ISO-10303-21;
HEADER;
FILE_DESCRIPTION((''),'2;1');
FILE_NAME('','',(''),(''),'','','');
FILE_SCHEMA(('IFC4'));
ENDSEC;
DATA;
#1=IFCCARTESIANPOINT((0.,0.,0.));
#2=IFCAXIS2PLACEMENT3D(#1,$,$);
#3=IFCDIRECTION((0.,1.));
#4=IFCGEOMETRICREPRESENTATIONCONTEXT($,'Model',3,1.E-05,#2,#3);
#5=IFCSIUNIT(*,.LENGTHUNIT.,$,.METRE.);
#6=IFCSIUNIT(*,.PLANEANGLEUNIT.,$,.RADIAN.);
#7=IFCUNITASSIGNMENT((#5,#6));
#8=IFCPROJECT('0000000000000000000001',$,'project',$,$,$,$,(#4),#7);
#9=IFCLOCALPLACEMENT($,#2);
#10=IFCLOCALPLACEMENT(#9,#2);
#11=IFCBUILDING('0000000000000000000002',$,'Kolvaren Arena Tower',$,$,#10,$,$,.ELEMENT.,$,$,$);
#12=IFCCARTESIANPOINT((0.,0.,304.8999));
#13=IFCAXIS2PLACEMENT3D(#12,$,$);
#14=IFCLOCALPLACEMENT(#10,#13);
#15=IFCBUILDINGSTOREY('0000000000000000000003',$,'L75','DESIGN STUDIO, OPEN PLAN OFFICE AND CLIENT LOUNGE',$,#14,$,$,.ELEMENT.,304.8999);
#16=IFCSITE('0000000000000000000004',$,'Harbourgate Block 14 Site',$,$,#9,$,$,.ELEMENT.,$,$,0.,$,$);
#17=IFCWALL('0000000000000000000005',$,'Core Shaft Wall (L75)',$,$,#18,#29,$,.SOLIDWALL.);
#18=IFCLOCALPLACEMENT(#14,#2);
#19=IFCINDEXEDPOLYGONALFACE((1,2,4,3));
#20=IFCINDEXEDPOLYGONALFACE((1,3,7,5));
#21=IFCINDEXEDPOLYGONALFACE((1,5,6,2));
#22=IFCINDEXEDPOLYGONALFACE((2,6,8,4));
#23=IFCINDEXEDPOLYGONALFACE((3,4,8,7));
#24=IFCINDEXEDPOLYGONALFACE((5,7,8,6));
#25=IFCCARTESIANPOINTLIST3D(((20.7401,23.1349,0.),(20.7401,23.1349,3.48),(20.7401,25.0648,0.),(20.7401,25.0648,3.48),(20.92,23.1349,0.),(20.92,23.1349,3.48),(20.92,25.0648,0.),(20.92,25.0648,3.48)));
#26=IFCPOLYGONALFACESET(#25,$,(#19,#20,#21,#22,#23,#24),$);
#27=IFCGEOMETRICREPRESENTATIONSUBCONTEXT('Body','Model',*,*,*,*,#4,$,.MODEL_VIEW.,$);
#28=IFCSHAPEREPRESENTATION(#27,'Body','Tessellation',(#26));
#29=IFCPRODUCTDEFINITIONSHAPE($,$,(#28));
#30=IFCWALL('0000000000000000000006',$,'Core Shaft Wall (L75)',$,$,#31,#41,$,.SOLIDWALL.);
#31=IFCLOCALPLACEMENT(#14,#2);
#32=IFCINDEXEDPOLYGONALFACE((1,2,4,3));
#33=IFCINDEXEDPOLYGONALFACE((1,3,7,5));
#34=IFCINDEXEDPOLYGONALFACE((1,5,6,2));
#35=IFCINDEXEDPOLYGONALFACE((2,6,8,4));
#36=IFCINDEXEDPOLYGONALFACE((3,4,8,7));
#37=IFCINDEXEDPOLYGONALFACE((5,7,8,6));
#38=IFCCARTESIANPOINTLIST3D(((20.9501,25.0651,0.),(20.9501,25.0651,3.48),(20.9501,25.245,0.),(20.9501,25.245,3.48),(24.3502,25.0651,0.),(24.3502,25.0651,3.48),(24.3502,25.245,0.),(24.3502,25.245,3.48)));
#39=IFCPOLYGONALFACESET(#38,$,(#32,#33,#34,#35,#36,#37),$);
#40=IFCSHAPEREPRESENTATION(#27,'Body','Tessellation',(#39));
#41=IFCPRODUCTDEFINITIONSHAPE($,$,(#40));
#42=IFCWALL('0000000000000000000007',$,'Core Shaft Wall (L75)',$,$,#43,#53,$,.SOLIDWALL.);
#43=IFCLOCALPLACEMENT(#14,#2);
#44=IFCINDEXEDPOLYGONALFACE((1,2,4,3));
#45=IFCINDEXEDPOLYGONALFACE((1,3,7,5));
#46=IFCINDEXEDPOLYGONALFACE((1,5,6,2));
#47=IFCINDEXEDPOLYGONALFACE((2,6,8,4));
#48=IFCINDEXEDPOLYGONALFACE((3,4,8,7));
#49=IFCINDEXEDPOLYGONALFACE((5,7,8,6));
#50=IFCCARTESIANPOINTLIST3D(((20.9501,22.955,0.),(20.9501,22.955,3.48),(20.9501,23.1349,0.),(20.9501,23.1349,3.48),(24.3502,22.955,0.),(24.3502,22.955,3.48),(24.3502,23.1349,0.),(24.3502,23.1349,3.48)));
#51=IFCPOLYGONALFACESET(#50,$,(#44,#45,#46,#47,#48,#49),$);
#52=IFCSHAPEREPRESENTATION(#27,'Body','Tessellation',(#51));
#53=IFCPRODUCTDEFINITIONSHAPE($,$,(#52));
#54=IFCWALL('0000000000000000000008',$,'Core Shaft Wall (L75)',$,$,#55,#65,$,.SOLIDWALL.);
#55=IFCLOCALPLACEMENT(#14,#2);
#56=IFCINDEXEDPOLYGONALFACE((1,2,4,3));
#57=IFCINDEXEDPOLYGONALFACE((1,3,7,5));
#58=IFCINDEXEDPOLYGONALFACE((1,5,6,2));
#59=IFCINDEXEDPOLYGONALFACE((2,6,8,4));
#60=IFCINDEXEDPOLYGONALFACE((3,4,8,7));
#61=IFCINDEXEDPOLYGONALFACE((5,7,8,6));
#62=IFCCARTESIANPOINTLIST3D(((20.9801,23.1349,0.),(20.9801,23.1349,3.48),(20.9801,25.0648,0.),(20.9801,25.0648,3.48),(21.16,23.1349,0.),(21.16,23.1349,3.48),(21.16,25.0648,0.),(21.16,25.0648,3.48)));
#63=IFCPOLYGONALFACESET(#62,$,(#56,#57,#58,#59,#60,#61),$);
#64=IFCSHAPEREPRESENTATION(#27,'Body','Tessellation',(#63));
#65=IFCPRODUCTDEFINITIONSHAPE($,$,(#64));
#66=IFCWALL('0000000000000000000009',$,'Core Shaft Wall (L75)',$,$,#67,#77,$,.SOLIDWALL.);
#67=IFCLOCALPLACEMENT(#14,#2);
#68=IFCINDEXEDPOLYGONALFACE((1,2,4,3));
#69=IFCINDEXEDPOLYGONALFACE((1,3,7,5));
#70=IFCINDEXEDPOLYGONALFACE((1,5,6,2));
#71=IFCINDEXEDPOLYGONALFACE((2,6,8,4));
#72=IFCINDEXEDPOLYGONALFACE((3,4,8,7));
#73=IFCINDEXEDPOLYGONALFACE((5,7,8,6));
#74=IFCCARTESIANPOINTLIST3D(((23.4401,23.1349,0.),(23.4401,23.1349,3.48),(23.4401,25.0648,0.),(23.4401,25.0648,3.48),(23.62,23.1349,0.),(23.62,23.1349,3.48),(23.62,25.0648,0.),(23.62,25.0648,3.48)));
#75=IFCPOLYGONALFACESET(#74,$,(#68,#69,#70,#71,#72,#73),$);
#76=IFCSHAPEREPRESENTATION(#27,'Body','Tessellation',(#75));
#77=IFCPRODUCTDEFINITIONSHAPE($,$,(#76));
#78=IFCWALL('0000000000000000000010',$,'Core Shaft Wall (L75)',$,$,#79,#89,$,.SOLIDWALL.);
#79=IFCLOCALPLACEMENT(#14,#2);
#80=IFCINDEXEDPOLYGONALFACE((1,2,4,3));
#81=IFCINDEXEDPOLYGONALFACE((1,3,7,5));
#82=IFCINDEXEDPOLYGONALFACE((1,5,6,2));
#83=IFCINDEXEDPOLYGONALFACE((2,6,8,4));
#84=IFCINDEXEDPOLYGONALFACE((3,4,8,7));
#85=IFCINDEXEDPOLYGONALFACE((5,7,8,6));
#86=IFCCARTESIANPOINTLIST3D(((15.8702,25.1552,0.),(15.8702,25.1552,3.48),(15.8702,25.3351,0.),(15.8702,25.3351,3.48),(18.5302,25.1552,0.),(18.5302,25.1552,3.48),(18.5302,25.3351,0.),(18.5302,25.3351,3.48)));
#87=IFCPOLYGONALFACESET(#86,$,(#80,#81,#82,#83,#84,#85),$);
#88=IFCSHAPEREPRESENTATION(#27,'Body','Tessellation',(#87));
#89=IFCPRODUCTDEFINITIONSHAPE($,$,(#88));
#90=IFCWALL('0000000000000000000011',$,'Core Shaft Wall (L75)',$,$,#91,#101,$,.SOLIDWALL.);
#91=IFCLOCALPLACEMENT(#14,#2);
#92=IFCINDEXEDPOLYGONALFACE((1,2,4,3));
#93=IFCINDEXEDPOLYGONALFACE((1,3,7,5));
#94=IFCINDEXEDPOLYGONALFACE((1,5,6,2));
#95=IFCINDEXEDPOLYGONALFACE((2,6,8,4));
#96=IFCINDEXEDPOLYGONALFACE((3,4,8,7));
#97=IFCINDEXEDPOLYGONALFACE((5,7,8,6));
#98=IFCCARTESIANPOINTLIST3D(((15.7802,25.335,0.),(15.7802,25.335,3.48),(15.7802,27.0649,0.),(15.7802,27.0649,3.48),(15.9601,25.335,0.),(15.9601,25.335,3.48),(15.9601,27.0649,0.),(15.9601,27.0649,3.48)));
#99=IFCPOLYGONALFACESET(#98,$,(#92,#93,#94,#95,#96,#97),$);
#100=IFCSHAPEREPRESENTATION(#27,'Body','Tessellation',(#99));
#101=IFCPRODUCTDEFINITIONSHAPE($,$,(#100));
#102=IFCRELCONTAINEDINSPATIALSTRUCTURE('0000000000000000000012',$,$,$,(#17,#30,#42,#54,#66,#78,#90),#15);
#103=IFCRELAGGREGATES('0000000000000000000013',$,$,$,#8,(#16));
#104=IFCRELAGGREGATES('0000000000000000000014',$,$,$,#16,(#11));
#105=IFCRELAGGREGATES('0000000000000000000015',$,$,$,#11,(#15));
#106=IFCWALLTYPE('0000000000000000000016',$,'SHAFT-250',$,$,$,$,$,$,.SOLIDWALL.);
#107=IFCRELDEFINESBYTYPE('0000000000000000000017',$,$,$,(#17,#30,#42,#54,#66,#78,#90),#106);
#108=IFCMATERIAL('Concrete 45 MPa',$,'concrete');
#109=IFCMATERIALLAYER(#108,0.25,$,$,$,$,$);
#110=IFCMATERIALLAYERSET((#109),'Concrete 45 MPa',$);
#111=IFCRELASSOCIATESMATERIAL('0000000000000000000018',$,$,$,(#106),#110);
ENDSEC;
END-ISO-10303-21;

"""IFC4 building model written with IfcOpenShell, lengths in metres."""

from ifc_helpers import new_model, si_unit, direction, frame, frame_2d, origin, place, context, subcontext, project, spatial, rectangle, extrude, material, layer, layer_set, type_object, element, save


model = new_model("IFC4")

# Units and contexts
model_context = context("Model", 3, precision=1e-05, world=origin(), true_north=direction((0.0, 1.0)))
body_context = subcontext(model_context, "Body", "Model", "MODEL_VIEW")
ifc_project = project(units=[si_unit("LENGTHUNIT", "METRE"), si_unit("PLANEANGLEUNIT", "RADIAN")], contexts=[model_context])

# Site, building, storey
site_placement = place(None, origin())
site = spatial("IfcSite", under=ifc_project, at=site_placement, Name="Harbourgate Block 14 Site", CompositionType="ELEMENT", RefElevation=0.0)
building_placement = place(site_placement, origin())
building = spatial("IfcBuilding", under=site, at=building_placement, Name="Kolvaren Arena Tower", CompositionType="ELEMENT")
storey_placement = place(building_placement, frame((0.0, 0.0, 304.8999)))
storey = spatial("IfcBuildingStorey", under=building, at=storey_placement, Name="L75", Description="DESIGN STUDIO, OPEN PLAN OFFICE AND CLIENT LOUNGE", CompositionType="ELEMENT", Elevation=304.8999)

# Walls
ifc_material_1 = material(Name="Concrete 45 MPa", Category="concrete")
ifc_layer_1 = layer(ifc_material_1, 0.25)
ifc_layer_set_1 = layer_set([ifc_layer_1], Name="Concrete 45 MPa")
wall_type_1 = type_object("IfcWallType", Name="SHAFT-250", PredefinedType="SOLIDWALL", material=ifc_layer_set_1)
for number, where, z_axis, x_axis, name in (
    (1, (20.8301, 23.135, 0.0), (0.0, 0.0, 1.0), (0.0, 1.0, 0.0), "Core Shaft Wall (L75)"),
):
    element("IfcWall", number, at=place(storey_placement, frame(where, z_axis=z_axis, x_axis=x_axis)), inside=storey, type_object=wall_type_1, Name=name, PredefinedType="SOLIDWALL", context=body_context, shape_type="SweptSolid", body=[
        extrude(rectangle(XDim=1.9299, YDim=0.1799, at=frame_2d((0.9648, 0.0))), origin(), (0.0, 0.0, 1.0), 3.48),
    ])
for number, where, z_axis, x_axis, name in (
    (2, (20.95, 25.155, 0.0), (0.0, 0.0, 1.0), (1.0, 0.0, 0.0), "Core Shaft Wall (L75)"),
    (3, (20.95, 23.0449, 0.0), (0.0, 0.0, 1.0), (1.0, 0.0, 0.0), "Core Shaft Wall (L75)"),
):
    element("IfcWall", number, at=place(storey_placement, frame(where, z_axis=z_axis, x_axis=x_axis)), inside=storey, type_object=wall_type_1, Name=name, PredefinedType="SOLIDWALL", context=body_context, shape_type="SweptSolid", body=[
        extrude(rectangle(XDim=3.4001, YDim=0.1799, at=frame_2d((1.7002, 0.0))), origin(), (0.0, 0.0, 1.0), 3.48),
    ])
for number, where, z_axis, x_axis, name in (
    (4, (21.0701, 23.135, 0.0), (0.0, 0.0, 1.0), (0.0, 1.0, 0.0), "Core Shaft Wall (L75)"),
    (5, (23.53, 23.135, 0.0), (0.0, 0.0, 1.0), (0.0, 1.0, 0.0), "Core Shaft Wall (L75)"),
):
    element("IfcWall", number, at=place(storey_placement, frame(where, z_axis=z_axis, x_axis=x_axis)), inside=storey, type_object=wall_type_1, Name=name, PredefinedType="SOLIDWALL", context=body_context, shape_type="SweptSolid", body=[
        extrude(rectangle(XDim=1.9299, YDim=0.1799, at=frame_2d((0.9648, 0.0))), origin(), (0.0, 0.0, 1.0), 3.48),
    ])
wall_1_placement = place(storey_placement, frame((15.8701, 25.2451, 0.0), z_axis=(0.0, 0.0, 1.0), x_axis=(1.0, 0.0, 0.0)))
element("IfcWall", 6, at=wall_1_placement, inside=storey, type_object=wall_type_1, Name="Core Shaft Wall (L75)", PredefinedType="SOLIDWALL", context=body_context, shape_type="SweptSolid", body=[
    extrude(rectangle(XDim=2.6599, YDim=0.1799, at=frame_2d((1.3301, 0.0))), origin(), (0.0, 0.0, 1.0), 3.48),
])
wall_2_placement = place(storey_placement, frame((15.8701, 25.335, 0.0), z_axis=(0.0, 0.0, 1.0), x_axis=(0.0, 1.0, 0.0)))
element("IfcWall", 7, at=wall_2_placement, inside=storey, type_object=wall_type_1, Name="Core Shaft Wall (L75)", PredefinedType="SOLIDWALL", context=body_context, shape_type="SweptSolid", body=[
    extrude(rectangle(XDim=1.73, YDim=0.1799, at=frame_2d((0.865, 0.0))), origin(), (0.0, 0.0, 1.0), 3.48),
])

save(model, "model.ifc")
